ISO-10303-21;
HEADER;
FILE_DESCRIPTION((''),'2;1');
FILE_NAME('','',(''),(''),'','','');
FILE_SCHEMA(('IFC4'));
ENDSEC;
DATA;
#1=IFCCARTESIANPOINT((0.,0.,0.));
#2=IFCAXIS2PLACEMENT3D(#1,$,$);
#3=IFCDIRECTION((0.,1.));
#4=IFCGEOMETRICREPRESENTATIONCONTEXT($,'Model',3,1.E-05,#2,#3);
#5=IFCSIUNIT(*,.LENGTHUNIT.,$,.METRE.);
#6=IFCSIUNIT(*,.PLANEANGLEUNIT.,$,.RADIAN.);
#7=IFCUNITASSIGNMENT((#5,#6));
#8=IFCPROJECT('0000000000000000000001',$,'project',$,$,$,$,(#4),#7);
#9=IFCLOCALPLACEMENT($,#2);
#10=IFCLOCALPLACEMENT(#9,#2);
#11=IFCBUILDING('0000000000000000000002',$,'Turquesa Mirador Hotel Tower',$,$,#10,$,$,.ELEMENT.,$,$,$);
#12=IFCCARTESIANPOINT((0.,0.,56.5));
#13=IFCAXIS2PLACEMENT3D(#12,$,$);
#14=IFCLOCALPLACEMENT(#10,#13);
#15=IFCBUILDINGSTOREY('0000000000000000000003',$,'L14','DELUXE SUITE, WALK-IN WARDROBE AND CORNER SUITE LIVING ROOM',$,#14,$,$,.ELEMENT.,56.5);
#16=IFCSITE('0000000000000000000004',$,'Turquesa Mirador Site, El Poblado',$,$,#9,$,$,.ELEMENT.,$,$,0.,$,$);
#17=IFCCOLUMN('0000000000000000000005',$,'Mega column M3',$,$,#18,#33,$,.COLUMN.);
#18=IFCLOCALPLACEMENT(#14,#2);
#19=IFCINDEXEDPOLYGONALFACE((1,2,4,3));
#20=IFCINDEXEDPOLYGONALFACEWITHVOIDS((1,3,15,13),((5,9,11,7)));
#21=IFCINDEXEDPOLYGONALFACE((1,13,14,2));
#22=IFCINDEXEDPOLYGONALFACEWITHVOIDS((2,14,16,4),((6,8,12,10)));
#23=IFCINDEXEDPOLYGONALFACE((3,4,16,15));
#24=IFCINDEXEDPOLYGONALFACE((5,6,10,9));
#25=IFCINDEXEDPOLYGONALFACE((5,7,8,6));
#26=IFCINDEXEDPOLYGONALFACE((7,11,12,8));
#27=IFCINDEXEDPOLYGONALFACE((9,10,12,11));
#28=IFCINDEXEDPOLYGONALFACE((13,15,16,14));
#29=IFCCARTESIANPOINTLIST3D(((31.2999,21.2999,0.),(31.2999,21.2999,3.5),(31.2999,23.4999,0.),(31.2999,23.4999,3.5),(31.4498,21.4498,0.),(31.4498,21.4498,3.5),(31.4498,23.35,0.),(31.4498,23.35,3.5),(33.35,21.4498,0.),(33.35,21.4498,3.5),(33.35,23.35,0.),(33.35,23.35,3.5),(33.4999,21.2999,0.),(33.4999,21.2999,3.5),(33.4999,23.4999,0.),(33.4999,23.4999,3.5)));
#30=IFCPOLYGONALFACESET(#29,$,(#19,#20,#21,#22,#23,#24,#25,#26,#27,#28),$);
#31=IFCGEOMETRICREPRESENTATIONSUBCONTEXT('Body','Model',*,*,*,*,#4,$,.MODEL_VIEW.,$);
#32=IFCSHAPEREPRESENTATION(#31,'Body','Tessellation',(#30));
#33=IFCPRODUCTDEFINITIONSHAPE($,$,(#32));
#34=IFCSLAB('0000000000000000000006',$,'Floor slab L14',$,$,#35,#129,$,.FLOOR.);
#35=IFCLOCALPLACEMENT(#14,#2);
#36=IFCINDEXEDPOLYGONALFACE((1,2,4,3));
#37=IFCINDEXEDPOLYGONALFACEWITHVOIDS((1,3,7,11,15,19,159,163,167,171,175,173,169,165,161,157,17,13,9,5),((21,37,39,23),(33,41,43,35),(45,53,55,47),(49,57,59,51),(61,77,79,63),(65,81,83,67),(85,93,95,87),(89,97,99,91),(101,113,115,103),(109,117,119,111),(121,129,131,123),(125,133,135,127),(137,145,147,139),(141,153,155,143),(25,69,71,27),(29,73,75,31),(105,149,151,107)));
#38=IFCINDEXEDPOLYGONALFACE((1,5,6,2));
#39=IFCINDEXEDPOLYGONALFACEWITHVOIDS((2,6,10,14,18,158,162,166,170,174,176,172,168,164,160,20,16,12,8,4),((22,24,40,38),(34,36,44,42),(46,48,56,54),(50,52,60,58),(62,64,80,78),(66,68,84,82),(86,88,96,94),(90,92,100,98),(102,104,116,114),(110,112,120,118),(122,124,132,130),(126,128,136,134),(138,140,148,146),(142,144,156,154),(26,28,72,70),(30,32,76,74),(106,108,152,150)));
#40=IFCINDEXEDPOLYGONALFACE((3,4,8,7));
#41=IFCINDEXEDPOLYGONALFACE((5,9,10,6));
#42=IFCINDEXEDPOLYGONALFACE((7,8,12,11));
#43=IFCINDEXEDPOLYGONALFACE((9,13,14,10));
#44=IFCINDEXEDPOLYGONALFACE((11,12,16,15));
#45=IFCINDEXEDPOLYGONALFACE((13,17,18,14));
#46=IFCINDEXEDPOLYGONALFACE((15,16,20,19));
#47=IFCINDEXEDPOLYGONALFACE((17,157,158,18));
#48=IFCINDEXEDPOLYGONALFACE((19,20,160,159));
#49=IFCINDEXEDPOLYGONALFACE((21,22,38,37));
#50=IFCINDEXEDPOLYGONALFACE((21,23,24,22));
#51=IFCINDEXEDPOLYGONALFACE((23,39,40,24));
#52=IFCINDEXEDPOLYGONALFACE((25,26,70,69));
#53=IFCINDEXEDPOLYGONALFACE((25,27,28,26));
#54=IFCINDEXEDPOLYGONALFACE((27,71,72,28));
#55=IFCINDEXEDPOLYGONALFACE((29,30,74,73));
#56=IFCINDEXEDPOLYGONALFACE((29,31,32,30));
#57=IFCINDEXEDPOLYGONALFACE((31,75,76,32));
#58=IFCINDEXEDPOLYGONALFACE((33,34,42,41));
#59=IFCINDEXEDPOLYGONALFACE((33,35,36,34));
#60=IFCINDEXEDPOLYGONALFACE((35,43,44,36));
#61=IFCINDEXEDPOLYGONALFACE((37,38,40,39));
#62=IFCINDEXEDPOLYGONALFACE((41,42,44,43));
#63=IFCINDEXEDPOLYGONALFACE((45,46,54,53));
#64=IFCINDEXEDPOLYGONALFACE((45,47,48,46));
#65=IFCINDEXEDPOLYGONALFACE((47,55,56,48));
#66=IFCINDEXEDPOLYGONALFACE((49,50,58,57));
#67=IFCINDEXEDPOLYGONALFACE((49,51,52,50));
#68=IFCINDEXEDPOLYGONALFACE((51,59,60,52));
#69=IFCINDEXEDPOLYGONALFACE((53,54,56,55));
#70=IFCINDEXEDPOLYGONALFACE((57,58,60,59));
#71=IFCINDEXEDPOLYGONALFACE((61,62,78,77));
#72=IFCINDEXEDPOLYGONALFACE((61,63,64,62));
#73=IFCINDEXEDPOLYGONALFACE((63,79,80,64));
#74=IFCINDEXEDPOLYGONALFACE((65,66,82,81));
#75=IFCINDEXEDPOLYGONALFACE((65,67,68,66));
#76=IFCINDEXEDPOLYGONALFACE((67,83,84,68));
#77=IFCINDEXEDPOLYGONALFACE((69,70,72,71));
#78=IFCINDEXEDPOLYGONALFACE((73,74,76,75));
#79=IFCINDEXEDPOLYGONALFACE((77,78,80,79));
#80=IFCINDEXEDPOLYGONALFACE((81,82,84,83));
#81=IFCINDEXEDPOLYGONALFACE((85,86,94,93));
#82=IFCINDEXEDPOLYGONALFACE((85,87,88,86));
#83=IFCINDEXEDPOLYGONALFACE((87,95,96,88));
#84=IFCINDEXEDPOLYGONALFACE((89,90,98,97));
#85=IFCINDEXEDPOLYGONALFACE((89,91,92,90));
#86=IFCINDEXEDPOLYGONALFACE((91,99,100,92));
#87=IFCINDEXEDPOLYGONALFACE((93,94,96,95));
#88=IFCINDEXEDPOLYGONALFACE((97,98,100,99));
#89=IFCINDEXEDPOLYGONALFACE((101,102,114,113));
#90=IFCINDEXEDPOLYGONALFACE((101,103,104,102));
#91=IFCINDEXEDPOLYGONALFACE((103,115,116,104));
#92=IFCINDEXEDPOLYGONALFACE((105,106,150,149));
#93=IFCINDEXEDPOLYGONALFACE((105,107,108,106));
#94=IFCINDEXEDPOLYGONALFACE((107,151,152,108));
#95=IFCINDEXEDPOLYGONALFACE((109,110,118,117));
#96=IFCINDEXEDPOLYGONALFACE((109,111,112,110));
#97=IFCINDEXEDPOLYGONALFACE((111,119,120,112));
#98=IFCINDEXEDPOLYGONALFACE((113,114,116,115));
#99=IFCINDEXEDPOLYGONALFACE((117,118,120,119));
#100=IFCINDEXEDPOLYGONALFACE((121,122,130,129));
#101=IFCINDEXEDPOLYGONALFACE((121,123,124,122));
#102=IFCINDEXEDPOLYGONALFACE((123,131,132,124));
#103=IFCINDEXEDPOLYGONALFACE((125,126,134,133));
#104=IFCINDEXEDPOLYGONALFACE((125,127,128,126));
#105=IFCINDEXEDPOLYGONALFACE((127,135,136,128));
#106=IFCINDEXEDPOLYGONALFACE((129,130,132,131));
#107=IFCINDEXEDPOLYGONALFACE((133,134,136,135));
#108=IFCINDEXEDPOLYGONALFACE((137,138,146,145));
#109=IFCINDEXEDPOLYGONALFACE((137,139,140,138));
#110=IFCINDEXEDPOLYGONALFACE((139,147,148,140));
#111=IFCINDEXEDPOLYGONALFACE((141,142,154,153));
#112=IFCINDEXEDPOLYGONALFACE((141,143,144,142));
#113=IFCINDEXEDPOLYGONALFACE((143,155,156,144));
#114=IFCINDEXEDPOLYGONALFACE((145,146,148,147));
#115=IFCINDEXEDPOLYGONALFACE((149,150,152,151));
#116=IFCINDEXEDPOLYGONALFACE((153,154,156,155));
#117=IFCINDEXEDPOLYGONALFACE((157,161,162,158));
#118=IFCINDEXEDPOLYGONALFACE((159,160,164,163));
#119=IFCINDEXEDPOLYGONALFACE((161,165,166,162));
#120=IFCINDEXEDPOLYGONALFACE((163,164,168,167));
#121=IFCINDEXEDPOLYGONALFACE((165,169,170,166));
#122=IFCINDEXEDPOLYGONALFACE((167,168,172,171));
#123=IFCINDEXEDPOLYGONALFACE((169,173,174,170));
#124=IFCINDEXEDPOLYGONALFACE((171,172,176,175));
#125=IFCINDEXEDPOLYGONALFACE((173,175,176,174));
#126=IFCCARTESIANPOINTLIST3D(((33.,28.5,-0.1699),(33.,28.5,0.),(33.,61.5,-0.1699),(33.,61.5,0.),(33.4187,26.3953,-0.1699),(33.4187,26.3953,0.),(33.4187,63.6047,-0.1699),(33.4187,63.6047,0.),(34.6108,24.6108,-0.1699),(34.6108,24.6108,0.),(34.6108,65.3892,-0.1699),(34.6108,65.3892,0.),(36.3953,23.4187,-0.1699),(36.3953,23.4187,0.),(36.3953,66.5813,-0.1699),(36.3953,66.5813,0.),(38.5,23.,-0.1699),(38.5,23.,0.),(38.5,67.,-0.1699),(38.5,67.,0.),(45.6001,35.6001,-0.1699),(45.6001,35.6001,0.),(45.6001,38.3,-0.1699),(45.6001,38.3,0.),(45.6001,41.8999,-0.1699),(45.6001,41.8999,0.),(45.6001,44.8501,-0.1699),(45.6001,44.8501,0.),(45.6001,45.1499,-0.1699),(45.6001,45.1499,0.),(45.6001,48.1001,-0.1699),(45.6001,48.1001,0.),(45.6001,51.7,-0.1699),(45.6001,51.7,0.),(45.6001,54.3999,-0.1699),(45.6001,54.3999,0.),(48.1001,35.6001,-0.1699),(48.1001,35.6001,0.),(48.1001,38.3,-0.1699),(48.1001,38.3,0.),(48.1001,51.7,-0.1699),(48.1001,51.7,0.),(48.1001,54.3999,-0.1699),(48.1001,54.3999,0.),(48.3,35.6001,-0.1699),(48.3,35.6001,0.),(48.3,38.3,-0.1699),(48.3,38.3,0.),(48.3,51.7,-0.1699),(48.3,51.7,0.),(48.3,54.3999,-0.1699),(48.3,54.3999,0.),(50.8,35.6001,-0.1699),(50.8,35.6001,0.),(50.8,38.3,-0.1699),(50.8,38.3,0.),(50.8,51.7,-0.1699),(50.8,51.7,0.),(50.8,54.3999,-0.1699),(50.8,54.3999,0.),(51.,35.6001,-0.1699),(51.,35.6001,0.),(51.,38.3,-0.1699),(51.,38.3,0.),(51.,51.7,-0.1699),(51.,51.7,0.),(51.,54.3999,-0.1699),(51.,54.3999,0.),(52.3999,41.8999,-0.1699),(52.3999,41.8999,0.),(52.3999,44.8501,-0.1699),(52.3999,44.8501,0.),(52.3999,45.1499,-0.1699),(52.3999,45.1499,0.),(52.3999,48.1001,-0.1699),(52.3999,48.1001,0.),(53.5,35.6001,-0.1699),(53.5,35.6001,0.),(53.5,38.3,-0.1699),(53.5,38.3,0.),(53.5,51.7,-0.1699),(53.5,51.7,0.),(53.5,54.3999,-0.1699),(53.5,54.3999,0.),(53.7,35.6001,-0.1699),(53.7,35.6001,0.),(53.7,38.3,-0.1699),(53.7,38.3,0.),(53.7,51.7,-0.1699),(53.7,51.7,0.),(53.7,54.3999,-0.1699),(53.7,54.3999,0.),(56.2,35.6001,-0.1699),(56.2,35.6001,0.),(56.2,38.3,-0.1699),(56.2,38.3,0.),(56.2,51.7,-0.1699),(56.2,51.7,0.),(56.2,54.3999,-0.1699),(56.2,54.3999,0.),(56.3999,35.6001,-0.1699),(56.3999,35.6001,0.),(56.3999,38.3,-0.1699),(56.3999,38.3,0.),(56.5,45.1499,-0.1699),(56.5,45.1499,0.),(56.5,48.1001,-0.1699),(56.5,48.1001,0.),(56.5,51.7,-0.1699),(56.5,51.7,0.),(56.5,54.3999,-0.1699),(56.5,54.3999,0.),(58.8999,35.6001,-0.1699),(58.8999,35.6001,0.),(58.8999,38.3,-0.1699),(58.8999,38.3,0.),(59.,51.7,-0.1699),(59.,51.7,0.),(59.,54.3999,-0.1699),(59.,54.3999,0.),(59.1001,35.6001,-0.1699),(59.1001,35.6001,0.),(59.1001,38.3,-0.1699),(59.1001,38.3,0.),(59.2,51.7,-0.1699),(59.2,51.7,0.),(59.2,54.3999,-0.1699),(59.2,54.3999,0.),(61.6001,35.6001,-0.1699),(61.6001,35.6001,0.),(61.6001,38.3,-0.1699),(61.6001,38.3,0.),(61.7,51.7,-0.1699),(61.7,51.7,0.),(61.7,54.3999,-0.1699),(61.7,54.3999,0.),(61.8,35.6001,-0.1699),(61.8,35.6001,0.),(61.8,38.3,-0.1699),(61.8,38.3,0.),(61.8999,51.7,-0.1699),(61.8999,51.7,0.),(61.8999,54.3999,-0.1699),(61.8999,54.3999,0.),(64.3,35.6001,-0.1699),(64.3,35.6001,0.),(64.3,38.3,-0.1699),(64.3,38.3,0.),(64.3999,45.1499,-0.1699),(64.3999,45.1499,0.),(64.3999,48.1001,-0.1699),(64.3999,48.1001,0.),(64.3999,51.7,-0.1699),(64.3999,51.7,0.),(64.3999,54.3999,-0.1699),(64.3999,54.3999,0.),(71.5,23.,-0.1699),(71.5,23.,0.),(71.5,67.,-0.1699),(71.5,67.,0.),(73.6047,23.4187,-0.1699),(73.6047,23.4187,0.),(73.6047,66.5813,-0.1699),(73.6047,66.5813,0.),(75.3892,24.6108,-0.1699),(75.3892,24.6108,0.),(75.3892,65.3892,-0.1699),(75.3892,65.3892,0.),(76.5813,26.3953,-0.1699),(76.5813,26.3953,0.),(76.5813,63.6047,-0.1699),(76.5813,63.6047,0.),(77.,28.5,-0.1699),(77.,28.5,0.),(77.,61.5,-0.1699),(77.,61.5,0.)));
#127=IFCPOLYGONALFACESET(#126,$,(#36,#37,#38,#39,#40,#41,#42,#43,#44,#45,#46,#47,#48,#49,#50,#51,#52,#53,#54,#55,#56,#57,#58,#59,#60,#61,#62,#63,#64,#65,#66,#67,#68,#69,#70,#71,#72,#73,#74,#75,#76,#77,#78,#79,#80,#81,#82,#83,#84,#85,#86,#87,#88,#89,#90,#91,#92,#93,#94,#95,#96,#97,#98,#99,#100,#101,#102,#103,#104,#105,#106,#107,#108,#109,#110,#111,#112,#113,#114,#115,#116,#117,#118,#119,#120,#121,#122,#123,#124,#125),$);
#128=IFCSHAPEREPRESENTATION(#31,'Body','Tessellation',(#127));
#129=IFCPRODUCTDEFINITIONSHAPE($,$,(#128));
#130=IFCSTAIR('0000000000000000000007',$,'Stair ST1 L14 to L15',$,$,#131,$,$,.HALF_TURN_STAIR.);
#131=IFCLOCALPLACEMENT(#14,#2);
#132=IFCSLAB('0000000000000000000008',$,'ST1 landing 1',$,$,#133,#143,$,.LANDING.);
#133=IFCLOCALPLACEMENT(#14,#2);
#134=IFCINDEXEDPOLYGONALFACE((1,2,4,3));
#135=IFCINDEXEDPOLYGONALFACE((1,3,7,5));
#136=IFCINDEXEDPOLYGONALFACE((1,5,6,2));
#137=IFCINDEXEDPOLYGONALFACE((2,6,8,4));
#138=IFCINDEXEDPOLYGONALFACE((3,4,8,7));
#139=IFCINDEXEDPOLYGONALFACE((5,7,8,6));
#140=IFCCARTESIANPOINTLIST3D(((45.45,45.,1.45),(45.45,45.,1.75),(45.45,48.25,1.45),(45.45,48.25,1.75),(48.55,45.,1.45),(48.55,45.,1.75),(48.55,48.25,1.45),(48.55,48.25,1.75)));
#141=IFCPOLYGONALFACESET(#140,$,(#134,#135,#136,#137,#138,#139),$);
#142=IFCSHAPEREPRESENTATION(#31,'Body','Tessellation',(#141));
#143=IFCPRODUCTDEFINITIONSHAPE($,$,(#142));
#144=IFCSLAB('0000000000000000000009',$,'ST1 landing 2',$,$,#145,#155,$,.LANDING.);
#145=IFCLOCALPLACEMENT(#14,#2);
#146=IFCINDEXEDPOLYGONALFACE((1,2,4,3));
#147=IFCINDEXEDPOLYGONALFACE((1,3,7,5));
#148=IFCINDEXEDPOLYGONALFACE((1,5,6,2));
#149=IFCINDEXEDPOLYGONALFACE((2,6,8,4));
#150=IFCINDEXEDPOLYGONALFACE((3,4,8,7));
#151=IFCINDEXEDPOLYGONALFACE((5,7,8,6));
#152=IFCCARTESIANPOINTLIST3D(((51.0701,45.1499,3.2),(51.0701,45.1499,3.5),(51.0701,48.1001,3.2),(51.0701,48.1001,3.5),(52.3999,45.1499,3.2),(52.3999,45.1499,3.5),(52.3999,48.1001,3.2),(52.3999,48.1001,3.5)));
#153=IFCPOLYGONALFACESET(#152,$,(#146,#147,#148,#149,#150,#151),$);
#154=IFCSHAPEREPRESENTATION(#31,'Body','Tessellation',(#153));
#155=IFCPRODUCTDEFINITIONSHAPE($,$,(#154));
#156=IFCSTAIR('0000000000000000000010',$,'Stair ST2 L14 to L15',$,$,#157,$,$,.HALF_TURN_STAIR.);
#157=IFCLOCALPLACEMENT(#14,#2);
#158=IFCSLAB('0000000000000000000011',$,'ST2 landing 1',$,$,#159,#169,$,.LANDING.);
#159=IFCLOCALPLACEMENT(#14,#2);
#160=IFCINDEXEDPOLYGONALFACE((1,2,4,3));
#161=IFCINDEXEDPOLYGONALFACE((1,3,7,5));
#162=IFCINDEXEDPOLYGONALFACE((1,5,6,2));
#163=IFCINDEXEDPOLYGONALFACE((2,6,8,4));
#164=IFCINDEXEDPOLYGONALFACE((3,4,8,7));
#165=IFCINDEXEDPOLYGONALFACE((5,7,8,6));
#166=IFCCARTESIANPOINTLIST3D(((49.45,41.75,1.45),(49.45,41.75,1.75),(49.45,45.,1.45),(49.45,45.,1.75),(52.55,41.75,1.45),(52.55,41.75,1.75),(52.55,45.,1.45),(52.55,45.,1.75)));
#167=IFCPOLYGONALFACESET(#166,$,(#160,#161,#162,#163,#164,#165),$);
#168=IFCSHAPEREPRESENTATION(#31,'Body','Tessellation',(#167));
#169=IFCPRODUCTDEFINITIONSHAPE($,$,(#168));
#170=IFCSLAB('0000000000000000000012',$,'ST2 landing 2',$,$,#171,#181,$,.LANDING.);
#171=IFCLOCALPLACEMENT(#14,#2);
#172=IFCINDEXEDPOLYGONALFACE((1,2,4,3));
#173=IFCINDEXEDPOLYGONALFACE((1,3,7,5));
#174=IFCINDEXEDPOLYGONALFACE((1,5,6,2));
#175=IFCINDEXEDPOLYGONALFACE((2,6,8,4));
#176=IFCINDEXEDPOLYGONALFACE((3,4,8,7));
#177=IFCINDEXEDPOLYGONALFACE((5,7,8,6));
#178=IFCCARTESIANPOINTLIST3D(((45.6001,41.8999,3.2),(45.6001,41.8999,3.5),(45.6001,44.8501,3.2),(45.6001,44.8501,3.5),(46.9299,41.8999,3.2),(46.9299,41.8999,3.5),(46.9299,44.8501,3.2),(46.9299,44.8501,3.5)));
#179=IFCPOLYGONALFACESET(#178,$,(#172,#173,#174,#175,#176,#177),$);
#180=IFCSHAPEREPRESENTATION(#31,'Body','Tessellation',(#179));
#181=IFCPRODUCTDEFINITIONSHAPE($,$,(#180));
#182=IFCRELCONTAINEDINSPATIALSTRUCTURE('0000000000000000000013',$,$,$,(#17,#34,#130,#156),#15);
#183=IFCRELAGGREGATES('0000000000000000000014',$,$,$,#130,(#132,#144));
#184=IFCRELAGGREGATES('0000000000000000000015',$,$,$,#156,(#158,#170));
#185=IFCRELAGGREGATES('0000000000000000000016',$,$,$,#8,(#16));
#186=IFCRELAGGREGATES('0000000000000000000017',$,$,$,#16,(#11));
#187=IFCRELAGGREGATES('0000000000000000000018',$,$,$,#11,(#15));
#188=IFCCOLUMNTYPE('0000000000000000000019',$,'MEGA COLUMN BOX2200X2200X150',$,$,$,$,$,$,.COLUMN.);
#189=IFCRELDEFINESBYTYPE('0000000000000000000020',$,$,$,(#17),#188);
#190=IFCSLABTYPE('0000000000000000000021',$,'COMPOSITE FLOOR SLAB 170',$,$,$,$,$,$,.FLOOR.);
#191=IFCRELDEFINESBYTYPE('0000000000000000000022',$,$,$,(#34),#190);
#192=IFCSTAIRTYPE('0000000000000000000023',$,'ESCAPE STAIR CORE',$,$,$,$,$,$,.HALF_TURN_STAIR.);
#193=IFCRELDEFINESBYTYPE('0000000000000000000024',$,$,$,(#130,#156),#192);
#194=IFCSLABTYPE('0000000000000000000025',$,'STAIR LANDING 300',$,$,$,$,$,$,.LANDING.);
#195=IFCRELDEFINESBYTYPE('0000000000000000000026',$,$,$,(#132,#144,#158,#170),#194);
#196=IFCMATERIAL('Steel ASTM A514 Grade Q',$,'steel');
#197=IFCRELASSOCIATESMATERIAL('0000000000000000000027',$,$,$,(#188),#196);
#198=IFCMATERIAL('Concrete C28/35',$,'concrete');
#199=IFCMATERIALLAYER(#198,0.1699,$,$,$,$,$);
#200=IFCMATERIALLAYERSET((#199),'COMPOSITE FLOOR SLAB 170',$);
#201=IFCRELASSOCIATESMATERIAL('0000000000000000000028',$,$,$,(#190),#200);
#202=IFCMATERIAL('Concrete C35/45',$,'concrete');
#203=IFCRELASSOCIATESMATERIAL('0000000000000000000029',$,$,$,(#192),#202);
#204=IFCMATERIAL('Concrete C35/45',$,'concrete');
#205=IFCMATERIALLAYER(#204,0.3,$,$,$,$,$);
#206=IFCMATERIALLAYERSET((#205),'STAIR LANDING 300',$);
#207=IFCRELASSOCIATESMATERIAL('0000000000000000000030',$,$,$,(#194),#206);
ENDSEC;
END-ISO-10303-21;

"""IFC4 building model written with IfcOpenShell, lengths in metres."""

from ifc_helpers import new_model, si_unit, direction, frame, origin, origin_2d, place, context, subcontext, project, spatial, polyline, hollow_rectangle, outline, extrude, material, layer, layer_set, material_profile, profile_set, type_object, element, aggregate, save


model = new_model("IFC4")

# Units and contexts
model_context = context("Model", 3, precision=1e-05, world=origin(), true_north=direction((0.0, 1.0)))
body_context = subcontext(model_context, "Body", "Model", "MODEL_VIEW")
ifc_project = project(units=[si_unit("LENGTHUNIT", "METRE"), si_unit("PLANEANGLEUNIT", "RADIAN")], contexts=[model_context])

# Site, building, storey
site_placement = place(None, origin())
site = spatial("IfcSite", under=ifc_project, at=site_placement, Name="Turquesa Mirador Site, El Poblado", CompositionType="ELEMENT", RefElevation=0.0)
building_placement = place(site_placement, origin())
building = spatial("IfcBuilding", under=site, at=building_placement, Name="Turquesa Mirador Hotel Tower", CompositionType="ELEMENT")
storey_placement = place(building_placement, frame((0.0, 0.0, 56.5)))
storey = spatial("IfcBuildingStorey", under=building, at=storey_placement, Name="L14", Description="DELUXE SUITE, WALK-IN WARDROBE AND CORNER SUITE LIVING ROOM", CompositionType="ELEMENT", Elevation=56.5)

# Column
ifc_material_1 = material(Name="Steel ASTM A514 Grade Q", Category="steel")
ifc_material_profile = material_profile(ifc_material_1, hollow_rectangle(XDim=2.2, YDim=2.2, WallThickness=0.1499, at=origin_2d()), Name="BOX2200X2200X150")
ifc_profile_set = profile_set([ifc_material_profile], Name="Steel ASTM A514 Grade Q")
column_type = type_object("IfcColumnType", Name="MEGA COLUMN BOX2200X2200X150", PredefinedType="COLUMN", material=ifc_profile_set)
column_placement = place(storey_placement, frame((32.3999, 22.3999, 0.0), z_axis=(0.0, 0.0, 1.0), x_axis=(1.0, 0.0, 0.0)))
element("IfcColumn", 1, at=column_placement, inside=storey, type_object=column_type, Name="Mega column M3", PredefinedType="COLUMN", context=body_context, shape_type="SweptSolid", body=[
    extrude(hollow_rectangle(XDim=2.2, YDim=2.2, WallThickness=0.1499, at=origin_2d()), origin(), (0.0, 0.0, 1.0), 3.5),
])

# Slab
ifc_material_2 = material(Name="Concrete C28/35", Category="concrete")
ifc_layer_1 = layer(ifc_material_2, 0.1699)
ifc_layer_set_1 = layer_set([ifc_layer_1], Name="COMPOSITE FLOOR SLAB 170")
slab_type_1 = type_object("IfcSlabType", Name="COMPOSITE FLOOR SLAB 170", PredefinedType="FLOOR", material=ifc_layer_set_1)
slab_1_placement = place(storey_placement, frame((0.0, 0.0, -0.1699)))
element("IfcSlab", 2, at=slab_1_placement, inside=storey, type_object=slab_type_1, Name="Floor slab L14", PredefinedType="FLOOR", context=body_context, shape_type="SweptSolid", body=[
    extrude(outline(polyline([(71.5, 23.0), (73.6047, 23.4187), (75.3892, 24.6108), (76.5813, 26.3953), (77.0, 28.5), (77.0, 61.5), (76.5813, 63.6047), (75.3892, 65.3892), (73.6047, 66.5813), (71.5, 67.0), (38.5, 67.0), (36.3953, 66.5813), (34.6108, 65.3892), (33.4187, 63.6047), (33.0, 61.5), (33.0, 28.5), (33.4187, 26.3953), (34.6108, 24.6108), (36.3953, 23.4187), (38.5, 23.0), (71.5, 23.0)]), holes=[polyline([(45.6001, 51.7), (48.1001, 51.7), (48.1001, 54.3999), (45.6001, 54.3999), (45.6001, 51.7)]), polyline([(48.3, 51.7), (50.8, 51.7), (50.8, 54.3999), (48.3, 54.3999), (48.3, 51.7)]), polyline([(51.0, 51.7), (53.5, 51.7), (53.5, 54.3999), (51.0, 54.3999), (51.0, 51.7)]), polyline([(53.7, 51.7), (56.2, 51.7), (56.2, 54.3999), (53.7, 54.3999), (53.7, 51.7)]), polyline([(56.5, 51.7), (59.0, 51.7), (59.0, 54.3999), (56.5, 54.3999), (56.5, 51.7)]), polyline([(59.2, 51.7), (61.7, 51.7), (61.7, 54.3999), (59.2, 54.3999), (59.2, 51.7)]), polyline([(45.6001, 35.6001), (48.1001, 35.6001), (48.1001, 38.3), (45.6001, 38.3), (45.6001, 35.6001)]), polyline([(48.3, 35.6001), (50.8, 35.6001), (50.8, 38.3), (48.3, 38.3), (48.3, 35.6001)]), polyline([(51.0, 35.6001), (53.5, 35.6001), (53.5, 38.3), (51.0, 38.3), (51.0, 35.6001)]), polyline([(53.7, 35.6001), (56.2, 35.6001), (56.2, 38.3), (53.7, 38.3), (53.7, 35.6001)]), polyline([(56.3999, 35.6001), (58.8999, 35.6001), (58.8999, 38.3), (56.3999, 38.3), (56.3999, 35.6001)]), polyline([(59.1001, 35.6001), (61.6001, 35.6001), (61.6001, 38.3), (59.1001, 38.3), (59.1001, 35.6001)]), polyline([(61.8, 35.6001), (64.3, 35.6001), (64.3, 38.3), (61.8, 38.3), (61.8, 35.6001)]), polyline([(45.6001, 45.1499), (52.3999, 45.1499), (52.3999, 48.1001), (45.6001, 48.1001), (45.6001, 45.1499)]), polyline([(45.6001, 41.8999), (52.3999, 41.8999), (52.3999, 44.8501), (45.6001, 44.8501), (45.6001, 41.8999)]), polyline([(56.5, 45.1499), (64.3999, 45.1499), (64.3999, 48.1001), (56.5, 48.1001), (56.5, 45.1499)]), polyline([(61.8999, 51.7), (64.3999, 51.7), (64.3999, 54.3999), (61.8999, 54.3999), (61.8999, 51.7)])]), origin(), (0.0, 0.0, 1.0), 0.1699),
])

# Stairs, slabs
ifc_material_3 = material(Name="Concrete C35/45", Category="concrete")
stair_type = type_object("IfcStairType", Name="ESCAPE STAIR CORE", PredefinedType="HALF_TURN_STAIR", material=ifc_material_3)
stair_1_placement = place(storey_placement, origin())
stair_1 = element("IfcStair", 3, at=stair_1_placement, inside=storey, type_object=stair_type, Name="Stair ST1 L14 to L15", PredefinedType="HALF_TURN_STAIR")
ifc_material_4 = material(Name="Concrete C35/45", Category="concrete")
ifc_layer_2 = layer(ifc_material_4, 0.3)
ifc_layer_set_2 = layer_set([ifc_layer_2], Name="STAIR LANDING 300")
slab_type_2 = type_object("IfcSlabType", Name="STAIR LANDING 300", PredefinedType="LANDING", material=ifc_layer_set_2)
slab_2_placement = place(storey_placement, frame((0.0, 0.0, 1.45)))
slab_2 = element("IfcSlab", 4, at=slab_2_placement, type_object=slab_type_2, Name="ST1 landing 1", PredefinedType="LANDING", context=body_context, shape_type="SweptSolid", body=[
    extrude(outline(polyline([(45.45, 45.0), (48.55, 45.0), (48.55, 48.25), (45.45, 48.25), (45.45, 45.0)])), origin(), (0.0, 0.0, 1.0), 0.3),
])
slab_3_placement = place(storey_placement, frame((0.0, 0.0, 3.2)))
slab_3 = element("IfcSlab", 5, at=slab_3_placement, type_object=slab_type_2, Name="ST1 landing 2", PredefinedType="LANDING", context=body_context, shape_type="SweptSolid", body=[
    extrude(outline(polyline([(51.0701, 45.1499), (52.3999, 45.1499), (52.3999, 48.1001), (51.0701, 48.1001), (51.0701, 45.1499)])), origin(), (0.0, 0.0, 1.0), 0.3),
])
aggregate(stair_1, [slab_2, slab_3])
stair_2_placement = place(storey_placement, origin())
stair_2 = element("IfcStair", 6, at=stair_2_placement, inside=storey, type_object=stair_type, Name="Stair ST2 L14 to L15", PredefinedType="HALF_TURN_STAIR")
slab_4_placement = place(storey_placement, frame((0.0, 0.0, 1.45)))
slab_4 = element("IfcSlab", 7, at=slab_4_placement, type_object=slab_type_2, Name="ST2 landing 1", PredefinedType="LANDING", context=body_context, shape_type="SweptSolid", body=[
    extrude(outline(polyline([(52.55, 45.0), (49.45, 45.0), (49.45, 41.75), (52.55, 41.75), (52.55, 45.0)])), origin(), (0.0, 0.0, 1.0), 0.3),
])
slab_5_placement = place(storey_placement, frame((0.0, 0.0, 3.2)))
slab_5 = element("IfcSlab", 8, at=slab_5_placement, type_object=slab_type_2, Name="ST2 landing 2", PredefinedType="LANDING", context=body_context, shape_type="SweptSolid", body=[
    extrude(outline(polyline([(46.9299, 44.8501), (45.6001, 44.8501), (45.6001, 41.8999), (46.9299, 41.8999), (46.9299, 44.8501)])), origin(), (0.0, 0.0, 1.0), 0.3),
])
aggregate(stair_2, [slab_4, slab_5])

save(model, "model.ifc")
